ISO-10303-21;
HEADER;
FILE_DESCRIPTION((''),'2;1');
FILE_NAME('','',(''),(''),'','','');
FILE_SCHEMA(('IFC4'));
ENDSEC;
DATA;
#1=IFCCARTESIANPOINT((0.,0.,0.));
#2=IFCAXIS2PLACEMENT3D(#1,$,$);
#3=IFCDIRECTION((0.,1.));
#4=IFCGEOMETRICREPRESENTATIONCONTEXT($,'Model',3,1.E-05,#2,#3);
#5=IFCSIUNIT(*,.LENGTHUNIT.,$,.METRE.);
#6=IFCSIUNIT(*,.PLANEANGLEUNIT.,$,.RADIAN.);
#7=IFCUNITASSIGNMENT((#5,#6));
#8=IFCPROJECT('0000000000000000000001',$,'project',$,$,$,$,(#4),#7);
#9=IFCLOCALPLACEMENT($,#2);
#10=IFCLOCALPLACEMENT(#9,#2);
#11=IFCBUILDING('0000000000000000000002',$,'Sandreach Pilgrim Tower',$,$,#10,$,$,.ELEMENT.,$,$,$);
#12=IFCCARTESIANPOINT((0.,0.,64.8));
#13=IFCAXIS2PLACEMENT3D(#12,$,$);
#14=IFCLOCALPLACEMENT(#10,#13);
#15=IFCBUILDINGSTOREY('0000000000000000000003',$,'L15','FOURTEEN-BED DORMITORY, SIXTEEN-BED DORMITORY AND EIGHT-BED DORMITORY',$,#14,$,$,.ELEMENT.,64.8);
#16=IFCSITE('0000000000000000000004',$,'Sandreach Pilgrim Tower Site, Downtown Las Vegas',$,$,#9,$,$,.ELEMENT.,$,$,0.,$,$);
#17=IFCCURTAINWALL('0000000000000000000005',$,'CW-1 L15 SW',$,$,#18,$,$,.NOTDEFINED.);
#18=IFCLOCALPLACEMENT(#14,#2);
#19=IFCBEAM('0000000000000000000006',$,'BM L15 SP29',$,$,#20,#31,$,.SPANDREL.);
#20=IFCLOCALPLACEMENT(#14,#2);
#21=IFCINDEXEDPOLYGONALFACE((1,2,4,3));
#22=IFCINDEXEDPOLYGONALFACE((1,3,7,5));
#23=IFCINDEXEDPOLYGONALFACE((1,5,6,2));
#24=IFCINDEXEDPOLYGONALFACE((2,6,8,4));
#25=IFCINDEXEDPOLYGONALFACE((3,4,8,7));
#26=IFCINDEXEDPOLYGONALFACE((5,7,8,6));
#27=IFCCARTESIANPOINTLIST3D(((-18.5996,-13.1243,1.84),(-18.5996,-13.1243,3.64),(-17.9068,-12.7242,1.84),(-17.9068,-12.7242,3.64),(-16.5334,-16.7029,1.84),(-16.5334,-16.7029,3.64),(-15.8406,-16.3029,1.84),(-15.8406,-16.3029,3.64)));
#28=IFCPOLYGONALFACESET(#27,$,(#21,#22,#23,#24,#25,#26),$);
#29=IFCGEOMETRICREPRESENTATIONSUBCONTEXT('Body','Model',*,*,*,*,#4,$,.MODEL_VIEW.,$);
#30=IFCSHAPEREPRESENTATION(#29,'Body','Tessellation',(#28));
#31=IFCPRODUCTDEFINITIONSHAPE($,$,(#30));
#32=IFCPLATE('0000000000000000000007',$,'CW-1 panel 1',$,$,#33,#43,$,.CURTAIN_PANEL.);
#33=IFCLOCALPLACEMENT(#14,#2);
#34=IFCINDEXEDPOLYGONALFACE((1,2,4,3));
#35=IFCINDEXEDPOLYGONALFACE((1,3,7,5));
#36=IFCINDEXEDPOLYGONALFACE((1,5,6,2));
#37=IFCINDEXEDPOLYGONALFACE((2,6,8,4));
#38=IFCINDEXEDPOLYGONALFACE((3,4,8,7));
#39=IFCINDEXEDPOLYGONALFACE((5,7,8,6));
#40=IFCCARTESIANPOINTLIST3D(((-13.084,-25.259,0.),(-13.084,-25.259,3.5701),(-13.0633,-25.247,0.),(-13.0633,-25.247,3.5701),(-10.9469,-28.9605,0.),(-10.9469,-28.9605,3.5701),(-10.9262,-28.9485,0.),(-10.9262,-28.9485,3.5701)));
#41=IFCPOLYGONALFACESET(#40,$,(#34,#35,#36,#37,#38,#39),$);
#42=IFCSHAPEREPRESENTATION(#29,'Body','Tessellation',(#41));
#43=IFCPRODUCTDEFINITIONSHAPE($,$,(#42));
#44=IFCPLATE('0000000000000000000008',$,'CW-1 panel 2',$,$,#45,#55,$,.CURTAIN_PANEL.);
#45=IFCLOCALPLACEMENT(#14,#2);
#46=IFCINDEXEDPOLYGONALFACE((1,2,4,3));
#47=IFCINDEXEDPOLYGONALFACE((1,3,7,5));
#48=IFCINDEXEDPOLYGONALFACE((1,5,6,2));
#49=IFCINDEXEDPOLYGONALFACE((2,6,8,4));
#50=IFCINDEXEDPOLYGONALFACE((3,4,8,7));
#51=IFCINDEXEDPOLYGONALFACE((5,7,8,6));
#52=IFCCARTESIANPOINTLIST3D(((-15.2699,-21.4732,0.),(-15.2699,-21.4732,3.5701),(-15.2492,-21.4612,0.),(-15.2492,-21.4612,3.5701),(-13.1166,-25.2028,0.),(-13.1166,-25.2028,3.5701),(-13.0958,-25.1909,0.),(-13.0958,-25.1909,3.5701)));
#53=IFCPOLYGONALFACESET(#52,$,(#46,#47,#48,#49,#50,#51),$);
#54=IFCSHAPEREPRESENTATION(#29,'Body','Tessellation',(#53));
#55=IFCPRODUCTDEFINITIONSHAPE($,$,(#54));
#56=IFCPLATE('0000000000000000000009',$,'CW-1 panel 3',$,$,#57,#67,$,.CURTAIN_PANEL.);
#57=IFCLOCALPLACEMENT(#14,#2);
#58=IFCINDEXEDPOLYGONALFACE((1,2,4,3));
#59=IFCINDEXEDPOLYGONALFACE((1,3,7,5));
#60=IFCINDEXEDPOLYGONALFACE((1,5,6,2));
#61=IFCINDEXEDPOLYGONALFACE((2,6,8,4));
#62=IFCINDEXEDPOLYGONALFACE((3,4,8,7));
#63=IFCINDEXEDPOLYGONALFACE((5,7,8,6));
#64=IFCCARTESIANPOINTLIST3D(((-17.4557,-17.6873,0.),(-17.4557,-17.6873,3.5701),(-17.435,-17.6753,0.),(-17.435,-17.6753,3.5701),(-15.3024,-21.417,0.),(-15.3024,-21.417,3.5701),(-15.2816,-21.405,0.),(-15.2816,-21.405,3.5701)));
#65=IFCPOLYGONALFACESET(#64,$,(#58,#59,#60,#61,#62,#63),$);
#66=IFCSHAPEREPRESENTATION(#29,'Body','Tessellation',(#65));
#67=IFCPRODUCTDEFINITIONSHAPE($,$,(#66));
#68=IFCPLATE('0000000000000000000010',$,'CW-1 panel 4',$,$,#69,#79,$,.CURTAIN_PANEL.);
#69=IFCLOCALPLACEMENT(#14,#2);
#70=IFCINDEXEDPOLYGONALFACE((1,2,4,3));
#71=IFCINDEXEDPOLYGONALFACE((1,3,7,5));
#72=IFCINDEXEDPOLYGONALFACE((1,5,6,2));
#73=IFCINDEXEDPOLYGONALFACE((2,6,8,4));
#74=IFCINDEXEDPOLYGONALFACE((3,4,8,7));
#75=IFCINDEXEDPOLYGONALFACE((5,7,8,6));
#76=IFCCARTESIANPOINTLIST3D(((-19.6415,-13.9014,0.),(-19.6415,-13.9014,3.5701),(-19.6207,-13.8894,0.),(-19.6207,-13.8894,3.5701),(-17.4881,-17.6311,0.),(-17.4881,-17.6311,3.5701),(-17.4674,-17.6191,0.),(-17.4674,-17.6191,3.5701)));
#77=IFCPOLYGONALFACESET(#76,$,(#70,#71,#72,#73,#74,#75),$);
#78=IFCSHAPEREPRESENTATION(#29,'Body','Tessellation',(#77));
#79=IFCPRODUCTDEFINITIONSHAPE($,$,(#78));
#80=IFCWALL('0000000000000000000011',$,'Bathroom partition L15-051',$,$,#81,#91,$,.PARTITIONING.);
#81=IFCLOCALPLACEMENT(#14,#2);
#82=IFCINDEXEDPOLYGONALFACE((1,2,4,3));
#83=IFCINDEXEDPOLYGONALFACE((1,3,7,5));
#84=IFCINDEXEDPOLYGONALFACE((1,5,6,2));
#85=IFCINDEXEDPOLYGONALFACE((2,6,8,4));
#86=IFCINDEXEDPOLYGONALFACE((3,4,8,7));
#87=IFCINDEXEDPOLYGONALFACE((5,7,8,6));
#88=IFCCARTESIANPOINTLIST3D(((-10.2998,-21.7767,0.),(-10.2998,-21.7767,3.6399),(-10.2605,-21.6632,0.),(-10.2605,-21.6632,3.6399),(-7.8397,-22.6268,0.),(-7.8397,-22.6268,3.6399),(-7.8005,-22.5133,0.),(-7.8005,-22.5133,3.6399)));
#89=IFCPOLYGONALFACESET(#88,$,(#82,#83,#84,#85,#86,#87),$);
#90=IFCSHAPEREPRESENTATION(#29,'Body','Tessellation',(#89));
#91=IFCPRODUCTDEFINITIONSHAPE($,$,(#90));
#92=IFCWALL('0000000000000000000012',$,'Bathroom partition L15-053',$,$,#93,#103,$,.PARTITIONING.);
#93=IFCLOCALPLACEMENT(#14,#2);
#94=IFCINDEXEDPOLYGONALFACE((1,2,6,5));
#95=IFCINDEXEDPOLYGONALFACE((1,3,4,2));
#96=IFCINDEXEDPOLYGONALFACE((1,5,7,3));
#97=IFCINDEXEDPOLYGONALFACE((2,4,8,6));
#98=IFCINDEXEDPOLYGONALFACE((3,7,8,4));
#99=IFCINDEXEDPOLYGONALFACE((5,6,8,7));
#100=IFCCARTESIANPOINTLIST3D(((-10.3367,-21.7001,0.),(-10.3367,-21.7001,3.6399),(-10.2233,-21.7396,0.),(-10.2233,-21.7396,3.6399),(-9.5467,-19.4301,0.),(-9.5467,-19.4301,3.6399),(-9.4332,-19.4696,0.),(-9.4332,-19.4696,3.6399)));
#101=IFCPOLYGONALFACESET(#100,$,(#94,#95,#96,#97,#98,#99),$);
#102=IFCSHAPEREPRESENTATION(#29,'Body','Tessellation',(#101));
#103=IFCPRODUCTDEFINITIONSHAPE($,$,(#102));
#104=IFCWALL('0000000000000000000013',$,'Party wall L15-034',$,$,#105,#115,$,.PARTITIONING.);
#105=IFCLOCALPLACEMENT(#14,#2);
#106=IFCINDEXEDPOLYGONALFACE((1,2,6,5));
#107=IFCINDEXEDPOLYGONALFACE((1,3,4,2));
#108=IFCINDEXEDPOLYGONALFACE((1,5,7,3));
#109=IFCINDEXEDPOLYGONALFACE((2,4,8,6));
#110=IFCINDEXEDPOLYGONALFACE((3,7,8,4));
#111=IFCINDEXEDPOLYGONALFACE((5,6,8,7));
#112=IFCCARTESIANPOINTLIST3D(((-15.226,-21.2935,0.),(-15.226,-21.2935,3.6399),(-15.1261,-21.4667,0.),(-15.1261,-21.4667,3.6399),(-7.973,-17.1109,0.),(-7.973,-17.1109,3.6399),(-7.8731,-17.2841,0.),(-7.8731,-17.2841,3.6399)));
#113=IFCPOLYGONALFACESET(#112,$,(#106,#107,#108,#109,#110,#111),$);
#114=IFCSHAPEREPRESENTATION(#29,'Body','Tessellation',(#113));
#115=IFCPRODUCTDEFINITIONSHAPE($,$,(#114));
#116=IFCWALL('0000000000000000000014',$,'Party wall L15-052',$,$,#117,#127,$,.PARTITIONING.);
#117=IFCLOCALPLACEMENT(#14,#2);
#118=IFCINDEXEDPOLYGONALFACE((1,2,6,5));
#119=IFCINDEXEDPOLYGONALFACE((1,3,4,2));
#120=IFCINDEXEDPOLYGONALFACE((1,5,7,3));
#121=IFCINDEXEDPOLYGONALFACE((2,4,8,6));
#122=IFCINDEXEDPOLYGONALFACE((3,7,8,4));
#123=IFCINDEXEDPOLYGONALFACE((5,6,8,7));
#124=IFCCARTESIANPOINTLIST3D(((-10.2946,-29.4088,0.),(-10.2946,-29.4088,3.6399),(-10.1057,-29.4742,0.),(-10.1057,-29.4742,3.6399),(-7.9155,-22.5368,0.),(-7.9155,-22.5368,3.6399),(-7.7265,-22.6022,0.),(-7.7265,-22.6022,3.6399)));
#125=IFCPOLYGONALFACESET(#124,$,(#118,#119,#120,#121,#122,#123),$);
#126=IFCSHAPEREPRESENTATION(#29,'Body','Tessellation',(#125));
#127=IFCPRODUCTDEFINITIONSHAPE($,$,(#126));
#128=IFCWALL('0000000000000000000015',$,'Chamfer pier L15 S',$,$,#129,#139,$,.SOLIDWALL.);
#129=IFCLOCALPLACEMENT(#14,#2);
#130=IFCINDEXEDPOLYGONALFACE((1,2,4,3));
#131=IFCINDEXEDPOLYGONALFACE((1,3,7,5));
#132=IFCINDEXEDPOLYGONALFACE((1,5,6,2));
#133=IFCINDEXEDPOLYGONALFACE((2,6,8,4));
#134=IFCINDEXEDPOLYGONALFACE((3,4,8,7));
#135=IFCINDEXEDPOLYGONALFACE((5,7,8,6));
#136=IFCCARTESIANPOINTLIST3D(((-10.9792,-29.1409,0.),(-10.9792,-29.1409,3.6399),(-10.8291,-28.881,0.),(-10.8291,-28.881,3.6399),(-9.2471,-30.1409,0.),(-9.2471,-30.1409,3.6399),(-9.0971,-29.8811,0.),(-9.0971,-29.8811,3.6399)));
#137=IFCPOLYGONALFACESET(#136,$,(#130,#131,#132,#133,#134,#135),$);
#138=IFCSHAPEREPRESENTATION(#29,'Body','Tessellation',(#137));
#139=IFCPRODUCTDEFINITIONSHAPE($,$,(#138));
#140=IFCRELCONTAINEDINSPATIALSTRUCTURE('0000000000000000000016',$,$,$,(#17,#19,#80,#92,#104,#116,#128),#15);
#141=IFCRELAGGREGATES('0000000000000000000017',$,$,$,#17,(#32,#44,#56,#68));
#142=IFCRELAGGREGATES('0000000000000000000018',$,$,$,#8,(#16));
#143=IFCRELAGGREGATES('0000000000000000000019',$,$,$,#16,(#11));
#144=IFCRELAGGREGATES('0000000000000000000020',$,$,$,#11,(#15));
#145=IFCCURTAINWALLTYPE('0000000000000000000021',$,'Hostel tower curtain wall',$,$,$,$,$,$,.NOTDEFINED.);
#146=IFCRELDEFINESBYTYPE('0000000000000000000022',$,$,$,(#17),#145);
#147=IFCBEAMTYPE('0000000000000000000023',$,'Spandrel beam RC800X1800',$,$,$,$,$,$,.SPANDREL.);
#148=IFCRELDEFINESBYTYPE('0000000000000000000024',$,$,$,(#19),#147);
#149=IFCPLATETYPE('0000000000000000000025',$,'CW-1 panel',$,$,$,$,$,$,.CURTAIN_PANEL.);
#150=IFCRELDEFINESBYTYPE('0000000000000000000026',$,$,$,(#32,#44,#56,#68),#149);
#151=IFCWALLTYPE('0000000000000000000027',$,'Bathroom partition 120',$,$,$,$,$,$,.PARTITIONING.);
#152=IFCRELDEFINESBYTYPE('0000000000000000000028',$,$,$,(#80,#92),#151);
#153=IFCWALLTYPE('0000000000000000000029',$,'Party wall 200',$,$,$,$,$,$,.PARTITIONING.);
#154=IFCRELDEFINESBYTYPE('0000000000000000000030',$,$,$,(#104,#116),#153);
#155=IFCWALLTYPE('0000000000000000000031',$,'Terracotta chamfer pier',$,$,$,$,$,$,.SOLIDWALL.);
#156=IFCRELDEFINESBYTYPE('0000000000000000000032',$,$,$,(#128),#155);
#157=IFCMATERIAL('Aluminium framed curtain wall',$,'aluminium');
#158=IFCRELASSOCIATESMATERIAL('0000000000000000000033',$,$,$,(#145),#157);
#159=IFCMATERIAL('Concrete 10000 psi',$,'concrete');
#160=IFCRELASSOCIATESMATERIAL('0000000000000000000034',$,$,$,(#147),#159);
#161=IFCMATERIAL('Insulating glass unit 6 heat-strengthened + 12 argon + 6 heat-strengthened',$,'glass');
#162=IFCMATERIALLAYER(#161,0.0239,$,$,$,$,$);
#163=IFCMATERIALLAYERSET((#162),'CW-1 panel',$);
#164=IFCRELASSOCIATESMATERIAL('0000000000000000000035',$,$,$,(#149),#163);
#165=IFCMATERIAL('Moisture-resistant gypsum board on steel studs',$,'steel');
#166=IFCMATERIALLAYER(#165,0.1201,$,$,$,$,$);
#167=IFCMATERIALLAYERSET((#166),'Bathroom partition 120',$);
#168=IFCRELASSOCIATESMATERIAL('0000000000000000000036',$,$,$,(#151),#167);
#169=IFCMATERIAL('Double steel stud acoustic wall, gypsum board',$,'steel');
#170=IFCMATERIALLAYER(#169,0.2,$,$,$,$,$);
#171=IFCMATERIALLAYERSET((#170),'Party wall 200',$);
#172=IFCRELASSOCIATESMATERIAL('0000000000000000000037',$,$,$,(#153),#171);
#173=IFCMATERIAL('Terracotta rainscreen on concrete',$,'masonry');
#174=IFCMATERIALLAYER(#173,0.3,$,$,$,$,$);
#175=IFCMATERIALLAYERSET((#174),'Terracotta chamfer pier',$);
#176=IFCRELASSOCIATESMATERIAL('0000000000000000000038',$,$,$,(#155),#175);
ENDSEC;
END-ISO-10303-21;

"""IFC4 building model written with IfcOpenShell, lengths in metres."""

from ifc_helpers import new_model, si_unit, direction, frame, frame_2d, origin, origin_2d, place, context, subcontext, project, spatial, rectangle, extrude, material, layer, layer_set, material_profile, profile_set, type_object, element, aggregate, save


model = new_model("IFC4")

# Units and contexts
model_context = context("Model", 3, precision=1e-05, world=origin(), true_north=direction((0.0, 1.0)))
body_context = subcontext(model_context, "Body", "Model", "MODEL_VIEW")
ifc_project = project(units=[si_unit("LENGTHUNIT", "METRE"), si_unit("PLANEANGLEUNIT", "RADIAN")], contexts=[model_context])

# Site, building, storey
site_placement = place(None, origin())
site = spatial("IfcSite", under=ifc_project, at=site_placement, Name="Sandreach Pilgrim Tower Site, Downtown Las Vegas", CompositionType="ELEMENT", RefElevation=0.0)
building_placement = place(site_placement, origin())
building = spatial("IfcBuilding", under=site, at=building_placement, Name="Sandreach Pilgrim Tower", CompositionType="ELEMENT")
storey_placement = place(building_placement, frame((0.0, 0.0, 64.8)))
storey = spatial("IfcBuildingStorey", under=building, at=storey_placement, Name="L15", Description="FOURTEEN-BED DORMITORY, SIXTEEN-BED DORMITORY AND EIGHT-BED DORMITORY", CompositionType="ELEMENT", Elevation=64.8)

# Shared definitions
ifc_material_1 = material(Name="Aluminium framed curtain wall", Category="aluminium")
curtain_wall_type = type_object("IfcCurtainWallType", Name="Hostel tower curtain wall", PredefinedType="NOTDEFINED", material=ifc_material_1)

# Curtain wall
curtain_wall_1_placement = place(storey_placement, origin())
curtain_wall_1 = element("IfcCurtainWall", 1, at=curtain_wall_1_placement, inside=storey, type_object=curtain_wall_type, Name="CW-1 L15 SW", PredefinedType="NOTDEFINED")

# Beam
ifc_material_2 = material(Name="Concrete 10000 psi", Category="concrete")
ifc_material_profile_1 = material_profile(ifc_material_2, rectangle(XDim=0.8, YDim=1.8, at=origin_2d()), Name="RC800X1800")
ifc_profile_set_1 = profile_set([ifc_material_profile_1], Name="Concrete 10000 psi")
beam_type_1 = type_object("IfcBeamType", Name="Spandrel beam RC800X1800", PredefinedType="SPANDREL", material=ifc_profile_set_1)
beam_1_placement = place(storey_placement, frame((-16.187, -16.5029, 2.74), z_axis=(-0.500009, 0.86602, 0.0), x_axis=(-0.86602, -0.500009, 0.0)))
element("IfcBeam", 2, at=beam_1_placement, inside=storey, type_object=beam_type_1, Name="BM L15 SP29", PredefinedType="SPANDREL", context=body_context, shape_type="SweptSolid", body=[
    extrude(rectangle(XDim=0.8, YDim=1.8, at=origin_2d()), origin(), (0.0, 0.0, 1.0), 4.1323),
])

# Plates
ifc_material_3 = material(Name="Insulating glass unit 6 heat-strengthened + 12 argon + 6 heat-strengthened", Category="glass")
ifc_layer_1 = layer(ifc_material_3, 0.0239)
ifc_layer_set_1 = layer_set([ifc_layer_1], Name="CW-1 panel")
plate_type = type_object("IfcPlateType", Name="CW-1 panel", PredefinedType="CURTAIN_PANEL", material=ifc_layer_set_1)
plate_1_placement = place(storey_placement, frame((-12.0051, -27.1038, 0.0), z_axis=(0.0, 0.0, 1.0), x_axis=(-0.5, 0.866025, 0.0)))
plate_1 = element("IfcPlate", 3, at=plate_1_placement, type_object=plate_type, Name="CW-1 panel 1", PredefinedType="CURTAIN_PANEL", context=body_context, shape_type="SweptSolid", body=[
    extrude(rectangle(XDim=4.2742, YDim=0.0239, at=origin_2d()), origin(), (0.0, 0.0, 1.0), 3.5701),
])
plate_2_placement = place(storey_placement, frame((-14.1829, -23.332, 0.0), z_axis=(0.0, 0.0, 1.0), x_axis=(-0.5, 0.866025, 0.0)))
plate_2 = element("IfcPlate", 4, at=plate_2_placement, type_object=plate_type, Name="CW-1 panel 2", PredefinedType="CURTAIN_PANEL", context=body_context, shape_type="SweptSolid", body=[
    extrude(rectangle(XDim=4.3066, YDim=0.0239, at=origin_2d()), origin(), (0.0, 0.0, 1.0), 3.5701),
])
plate_3_placement = place(storey_placement, frame((-16.3687, -19.5461, 0.0), z_axis=(0.0, 0.0, 1.0), x_axis=(-0.5, 0.866025, 0.0)))
plate_3 = element("IfcPlate", 5, at=plate_3_placement, type_object=plate_type, Name="CW-1 panel 3", PredefinedType="CURTAIN_PANEL", context=body_context, shape_type="SweptSolid", body=[
    extrude(rectangle(XDim=4.3066, YDim=0.0239, at=origin_2d()), origin(), (0.0, 0.0, 1.0), 3.5701),
])
plate_4_placement = place(storey_placement, frame((-18.5544, -15.7603, 0.0), z_axis=(0.0, 0.0, 1.0), x_axis=(-0.5, 0.866025, 0.0)))
plate_4 = element("IfcPlate", 6, at=plate_4_placement, type_object=plate_type, Name="CW-1 panel 4", PredefinedType="CURTAIN_PANEL", context=body_context, shape_type="SweptSolid", body=[
    extrude(rectangle(XDim=4.3066, YDim=0.0239, at=origin_2d()), origin(), (0.0, 0.0, 1.0), 3.5701),
])
aggregate(curtain_wall_1, [plate_1, plate_2, plate_3, plate_4])

# Walls
ifc_material_4 = material(Name="Moisture-resistant gypsum board on steel studs", Category="steel")
ifc_layer_2 = layer(ifc_material_4, 0.1201)
ifc_layer_set_2 = layer_set([ifc_layer_2], Name="Bathroom partition 120")
wall_type_1 = type_object("IfcWallType", Name="Bathroom partition 120", PredefinedType="PARTITIONING", material=ifc_layer_set_2)
wall_1_placement = place(storey_placement, frame((-10.28, -21.72, 0.0), z_axis=(0.0, 0.0, 1.0), x_axis=(0.945155, -0.326621, 0.0)))
element("IfcWall", 7, at=wall_1_placement, inside=storey, type_object=wall_type_1, Name="Bathroom partition L15-051", PredefinedType="PARTITIONING", context=body_context, shape_type="SweptSolid", body=[
    extrude(rectangle(XDim=2.6028, YDim=0.1201, at=frame_2d((1.3013, 0.0))), origin(), (0.0, 0.0, 1.0), 3.6399),
])
wall_2_placement = place(storey_placement, frame((-9.49, -19.45, 0.0), z_axis=(0.0, 0.0, 1.0), x_axis=(-0.328694, -0.944436, 0.0)))
element("IfcWall", 8, at=wall_2_placement, inside=storey, type_object=wall_type_1, Name="Bathroom partition L15-053", PredefinedType="PARTITIONING", context=body_context, shape_type="SweptSolid", body=[
    extrude(rectangle(XDim=2.4036, YDim=0.1201, at=frame_2d((1.2017, 0.0))), origin(), (0.0, 0.0, 1.0), 3.6399),
])
ifc_material_5 = material(Name="Double steel stud acoustic wall, gypsum board", Category="steel")
ifc_layer_3 = layer(ifc_material_5, 0.2)
ifc_layer_set_3 = layer_set([ifc_layer_3], Name="Party wall 200")
wall_type_2 = type_object("IfcWallType", Name="Party wall 200", PredefinedType="PARTITIONING", material=ifc_layer_set_3)
wall_3_placement = place(storey_placement, frame((-15.176, -21.3801, 0.0), z_axis=(0.0, 0.0, 1.0), x_axis=(0.866277, 0.499564, 0.0)))
element("IfcWall", 9, at=wall_3_placement, inside=storey, type_object=wall_type_2, Name="Party wall L15-034", PredefinedType="PARTITIONING", context=body_context, shape_type="SweptSolid", body=[
    extrude(rectangle(XDim=8.3726, YDim=0.2, at=frame_2d((4.1863, 0.0))), origin(), (0.0, 0.0, 1.0), 3.6399),
])
wall_4_placement = place(storey_placement, frame((-10.2002, -29.4417, 0.0), z_axis=(0.0, 0.0, 1.0), x_axis=(0.327154, 0.944971, 0.0)))
element("IfcWall", 10, at=wall_4_placement, inside=storey, type_object=wall_type_2, Name="Party wall L15-052", PredefinedType="PARTITIONING", context=body_context, shape_type="SweptSolid", body=[
    extrude(rectangle(XDim=7.2722, YDim=0.2, at=frame_2d((3.6362, 0.0))), origin(), (0.0, 0.0, 1.0), 3.6399),
])
ifc_material_6 = material(Name="Terracotta rainscreen on concrete", Category="masonry")
ifc_layer_4 = layer(ifc_material_6, 0.3)
ifc_layer_set_4 = layer_set([ifc_layer_4], Name="Terracotta chamfer pier")
wall_type_3 = type_object("IfcWallType", Name="Terracotta chamfer pier", PredefinedType="SOLIDWALL", material=ifc_layer_set_4)
wall_5_placement = place(storey_placement, frame((-9.1721, -30.011, 0.0), z_axis=(0.0, 0.0, 1.0), x_axis=(-0.866011, 0.500025, 0.0)))
element("IfcWall", 11, at=wall_5_placement, inside=storey, type_object=wall_type_3, Name="Chamfer pier L15 S", PredefinedType="SOLIDWALL", context=body_context, shape_type="SweptSolid", body=[
    extrude(rectangle(XDim=2.0, YDim=0.3, at=frame_2d((1.0, 0.0))), origin(), (0.0, 0.0, 1.0), 3.6399),
])

save(model, "model.ifc")
